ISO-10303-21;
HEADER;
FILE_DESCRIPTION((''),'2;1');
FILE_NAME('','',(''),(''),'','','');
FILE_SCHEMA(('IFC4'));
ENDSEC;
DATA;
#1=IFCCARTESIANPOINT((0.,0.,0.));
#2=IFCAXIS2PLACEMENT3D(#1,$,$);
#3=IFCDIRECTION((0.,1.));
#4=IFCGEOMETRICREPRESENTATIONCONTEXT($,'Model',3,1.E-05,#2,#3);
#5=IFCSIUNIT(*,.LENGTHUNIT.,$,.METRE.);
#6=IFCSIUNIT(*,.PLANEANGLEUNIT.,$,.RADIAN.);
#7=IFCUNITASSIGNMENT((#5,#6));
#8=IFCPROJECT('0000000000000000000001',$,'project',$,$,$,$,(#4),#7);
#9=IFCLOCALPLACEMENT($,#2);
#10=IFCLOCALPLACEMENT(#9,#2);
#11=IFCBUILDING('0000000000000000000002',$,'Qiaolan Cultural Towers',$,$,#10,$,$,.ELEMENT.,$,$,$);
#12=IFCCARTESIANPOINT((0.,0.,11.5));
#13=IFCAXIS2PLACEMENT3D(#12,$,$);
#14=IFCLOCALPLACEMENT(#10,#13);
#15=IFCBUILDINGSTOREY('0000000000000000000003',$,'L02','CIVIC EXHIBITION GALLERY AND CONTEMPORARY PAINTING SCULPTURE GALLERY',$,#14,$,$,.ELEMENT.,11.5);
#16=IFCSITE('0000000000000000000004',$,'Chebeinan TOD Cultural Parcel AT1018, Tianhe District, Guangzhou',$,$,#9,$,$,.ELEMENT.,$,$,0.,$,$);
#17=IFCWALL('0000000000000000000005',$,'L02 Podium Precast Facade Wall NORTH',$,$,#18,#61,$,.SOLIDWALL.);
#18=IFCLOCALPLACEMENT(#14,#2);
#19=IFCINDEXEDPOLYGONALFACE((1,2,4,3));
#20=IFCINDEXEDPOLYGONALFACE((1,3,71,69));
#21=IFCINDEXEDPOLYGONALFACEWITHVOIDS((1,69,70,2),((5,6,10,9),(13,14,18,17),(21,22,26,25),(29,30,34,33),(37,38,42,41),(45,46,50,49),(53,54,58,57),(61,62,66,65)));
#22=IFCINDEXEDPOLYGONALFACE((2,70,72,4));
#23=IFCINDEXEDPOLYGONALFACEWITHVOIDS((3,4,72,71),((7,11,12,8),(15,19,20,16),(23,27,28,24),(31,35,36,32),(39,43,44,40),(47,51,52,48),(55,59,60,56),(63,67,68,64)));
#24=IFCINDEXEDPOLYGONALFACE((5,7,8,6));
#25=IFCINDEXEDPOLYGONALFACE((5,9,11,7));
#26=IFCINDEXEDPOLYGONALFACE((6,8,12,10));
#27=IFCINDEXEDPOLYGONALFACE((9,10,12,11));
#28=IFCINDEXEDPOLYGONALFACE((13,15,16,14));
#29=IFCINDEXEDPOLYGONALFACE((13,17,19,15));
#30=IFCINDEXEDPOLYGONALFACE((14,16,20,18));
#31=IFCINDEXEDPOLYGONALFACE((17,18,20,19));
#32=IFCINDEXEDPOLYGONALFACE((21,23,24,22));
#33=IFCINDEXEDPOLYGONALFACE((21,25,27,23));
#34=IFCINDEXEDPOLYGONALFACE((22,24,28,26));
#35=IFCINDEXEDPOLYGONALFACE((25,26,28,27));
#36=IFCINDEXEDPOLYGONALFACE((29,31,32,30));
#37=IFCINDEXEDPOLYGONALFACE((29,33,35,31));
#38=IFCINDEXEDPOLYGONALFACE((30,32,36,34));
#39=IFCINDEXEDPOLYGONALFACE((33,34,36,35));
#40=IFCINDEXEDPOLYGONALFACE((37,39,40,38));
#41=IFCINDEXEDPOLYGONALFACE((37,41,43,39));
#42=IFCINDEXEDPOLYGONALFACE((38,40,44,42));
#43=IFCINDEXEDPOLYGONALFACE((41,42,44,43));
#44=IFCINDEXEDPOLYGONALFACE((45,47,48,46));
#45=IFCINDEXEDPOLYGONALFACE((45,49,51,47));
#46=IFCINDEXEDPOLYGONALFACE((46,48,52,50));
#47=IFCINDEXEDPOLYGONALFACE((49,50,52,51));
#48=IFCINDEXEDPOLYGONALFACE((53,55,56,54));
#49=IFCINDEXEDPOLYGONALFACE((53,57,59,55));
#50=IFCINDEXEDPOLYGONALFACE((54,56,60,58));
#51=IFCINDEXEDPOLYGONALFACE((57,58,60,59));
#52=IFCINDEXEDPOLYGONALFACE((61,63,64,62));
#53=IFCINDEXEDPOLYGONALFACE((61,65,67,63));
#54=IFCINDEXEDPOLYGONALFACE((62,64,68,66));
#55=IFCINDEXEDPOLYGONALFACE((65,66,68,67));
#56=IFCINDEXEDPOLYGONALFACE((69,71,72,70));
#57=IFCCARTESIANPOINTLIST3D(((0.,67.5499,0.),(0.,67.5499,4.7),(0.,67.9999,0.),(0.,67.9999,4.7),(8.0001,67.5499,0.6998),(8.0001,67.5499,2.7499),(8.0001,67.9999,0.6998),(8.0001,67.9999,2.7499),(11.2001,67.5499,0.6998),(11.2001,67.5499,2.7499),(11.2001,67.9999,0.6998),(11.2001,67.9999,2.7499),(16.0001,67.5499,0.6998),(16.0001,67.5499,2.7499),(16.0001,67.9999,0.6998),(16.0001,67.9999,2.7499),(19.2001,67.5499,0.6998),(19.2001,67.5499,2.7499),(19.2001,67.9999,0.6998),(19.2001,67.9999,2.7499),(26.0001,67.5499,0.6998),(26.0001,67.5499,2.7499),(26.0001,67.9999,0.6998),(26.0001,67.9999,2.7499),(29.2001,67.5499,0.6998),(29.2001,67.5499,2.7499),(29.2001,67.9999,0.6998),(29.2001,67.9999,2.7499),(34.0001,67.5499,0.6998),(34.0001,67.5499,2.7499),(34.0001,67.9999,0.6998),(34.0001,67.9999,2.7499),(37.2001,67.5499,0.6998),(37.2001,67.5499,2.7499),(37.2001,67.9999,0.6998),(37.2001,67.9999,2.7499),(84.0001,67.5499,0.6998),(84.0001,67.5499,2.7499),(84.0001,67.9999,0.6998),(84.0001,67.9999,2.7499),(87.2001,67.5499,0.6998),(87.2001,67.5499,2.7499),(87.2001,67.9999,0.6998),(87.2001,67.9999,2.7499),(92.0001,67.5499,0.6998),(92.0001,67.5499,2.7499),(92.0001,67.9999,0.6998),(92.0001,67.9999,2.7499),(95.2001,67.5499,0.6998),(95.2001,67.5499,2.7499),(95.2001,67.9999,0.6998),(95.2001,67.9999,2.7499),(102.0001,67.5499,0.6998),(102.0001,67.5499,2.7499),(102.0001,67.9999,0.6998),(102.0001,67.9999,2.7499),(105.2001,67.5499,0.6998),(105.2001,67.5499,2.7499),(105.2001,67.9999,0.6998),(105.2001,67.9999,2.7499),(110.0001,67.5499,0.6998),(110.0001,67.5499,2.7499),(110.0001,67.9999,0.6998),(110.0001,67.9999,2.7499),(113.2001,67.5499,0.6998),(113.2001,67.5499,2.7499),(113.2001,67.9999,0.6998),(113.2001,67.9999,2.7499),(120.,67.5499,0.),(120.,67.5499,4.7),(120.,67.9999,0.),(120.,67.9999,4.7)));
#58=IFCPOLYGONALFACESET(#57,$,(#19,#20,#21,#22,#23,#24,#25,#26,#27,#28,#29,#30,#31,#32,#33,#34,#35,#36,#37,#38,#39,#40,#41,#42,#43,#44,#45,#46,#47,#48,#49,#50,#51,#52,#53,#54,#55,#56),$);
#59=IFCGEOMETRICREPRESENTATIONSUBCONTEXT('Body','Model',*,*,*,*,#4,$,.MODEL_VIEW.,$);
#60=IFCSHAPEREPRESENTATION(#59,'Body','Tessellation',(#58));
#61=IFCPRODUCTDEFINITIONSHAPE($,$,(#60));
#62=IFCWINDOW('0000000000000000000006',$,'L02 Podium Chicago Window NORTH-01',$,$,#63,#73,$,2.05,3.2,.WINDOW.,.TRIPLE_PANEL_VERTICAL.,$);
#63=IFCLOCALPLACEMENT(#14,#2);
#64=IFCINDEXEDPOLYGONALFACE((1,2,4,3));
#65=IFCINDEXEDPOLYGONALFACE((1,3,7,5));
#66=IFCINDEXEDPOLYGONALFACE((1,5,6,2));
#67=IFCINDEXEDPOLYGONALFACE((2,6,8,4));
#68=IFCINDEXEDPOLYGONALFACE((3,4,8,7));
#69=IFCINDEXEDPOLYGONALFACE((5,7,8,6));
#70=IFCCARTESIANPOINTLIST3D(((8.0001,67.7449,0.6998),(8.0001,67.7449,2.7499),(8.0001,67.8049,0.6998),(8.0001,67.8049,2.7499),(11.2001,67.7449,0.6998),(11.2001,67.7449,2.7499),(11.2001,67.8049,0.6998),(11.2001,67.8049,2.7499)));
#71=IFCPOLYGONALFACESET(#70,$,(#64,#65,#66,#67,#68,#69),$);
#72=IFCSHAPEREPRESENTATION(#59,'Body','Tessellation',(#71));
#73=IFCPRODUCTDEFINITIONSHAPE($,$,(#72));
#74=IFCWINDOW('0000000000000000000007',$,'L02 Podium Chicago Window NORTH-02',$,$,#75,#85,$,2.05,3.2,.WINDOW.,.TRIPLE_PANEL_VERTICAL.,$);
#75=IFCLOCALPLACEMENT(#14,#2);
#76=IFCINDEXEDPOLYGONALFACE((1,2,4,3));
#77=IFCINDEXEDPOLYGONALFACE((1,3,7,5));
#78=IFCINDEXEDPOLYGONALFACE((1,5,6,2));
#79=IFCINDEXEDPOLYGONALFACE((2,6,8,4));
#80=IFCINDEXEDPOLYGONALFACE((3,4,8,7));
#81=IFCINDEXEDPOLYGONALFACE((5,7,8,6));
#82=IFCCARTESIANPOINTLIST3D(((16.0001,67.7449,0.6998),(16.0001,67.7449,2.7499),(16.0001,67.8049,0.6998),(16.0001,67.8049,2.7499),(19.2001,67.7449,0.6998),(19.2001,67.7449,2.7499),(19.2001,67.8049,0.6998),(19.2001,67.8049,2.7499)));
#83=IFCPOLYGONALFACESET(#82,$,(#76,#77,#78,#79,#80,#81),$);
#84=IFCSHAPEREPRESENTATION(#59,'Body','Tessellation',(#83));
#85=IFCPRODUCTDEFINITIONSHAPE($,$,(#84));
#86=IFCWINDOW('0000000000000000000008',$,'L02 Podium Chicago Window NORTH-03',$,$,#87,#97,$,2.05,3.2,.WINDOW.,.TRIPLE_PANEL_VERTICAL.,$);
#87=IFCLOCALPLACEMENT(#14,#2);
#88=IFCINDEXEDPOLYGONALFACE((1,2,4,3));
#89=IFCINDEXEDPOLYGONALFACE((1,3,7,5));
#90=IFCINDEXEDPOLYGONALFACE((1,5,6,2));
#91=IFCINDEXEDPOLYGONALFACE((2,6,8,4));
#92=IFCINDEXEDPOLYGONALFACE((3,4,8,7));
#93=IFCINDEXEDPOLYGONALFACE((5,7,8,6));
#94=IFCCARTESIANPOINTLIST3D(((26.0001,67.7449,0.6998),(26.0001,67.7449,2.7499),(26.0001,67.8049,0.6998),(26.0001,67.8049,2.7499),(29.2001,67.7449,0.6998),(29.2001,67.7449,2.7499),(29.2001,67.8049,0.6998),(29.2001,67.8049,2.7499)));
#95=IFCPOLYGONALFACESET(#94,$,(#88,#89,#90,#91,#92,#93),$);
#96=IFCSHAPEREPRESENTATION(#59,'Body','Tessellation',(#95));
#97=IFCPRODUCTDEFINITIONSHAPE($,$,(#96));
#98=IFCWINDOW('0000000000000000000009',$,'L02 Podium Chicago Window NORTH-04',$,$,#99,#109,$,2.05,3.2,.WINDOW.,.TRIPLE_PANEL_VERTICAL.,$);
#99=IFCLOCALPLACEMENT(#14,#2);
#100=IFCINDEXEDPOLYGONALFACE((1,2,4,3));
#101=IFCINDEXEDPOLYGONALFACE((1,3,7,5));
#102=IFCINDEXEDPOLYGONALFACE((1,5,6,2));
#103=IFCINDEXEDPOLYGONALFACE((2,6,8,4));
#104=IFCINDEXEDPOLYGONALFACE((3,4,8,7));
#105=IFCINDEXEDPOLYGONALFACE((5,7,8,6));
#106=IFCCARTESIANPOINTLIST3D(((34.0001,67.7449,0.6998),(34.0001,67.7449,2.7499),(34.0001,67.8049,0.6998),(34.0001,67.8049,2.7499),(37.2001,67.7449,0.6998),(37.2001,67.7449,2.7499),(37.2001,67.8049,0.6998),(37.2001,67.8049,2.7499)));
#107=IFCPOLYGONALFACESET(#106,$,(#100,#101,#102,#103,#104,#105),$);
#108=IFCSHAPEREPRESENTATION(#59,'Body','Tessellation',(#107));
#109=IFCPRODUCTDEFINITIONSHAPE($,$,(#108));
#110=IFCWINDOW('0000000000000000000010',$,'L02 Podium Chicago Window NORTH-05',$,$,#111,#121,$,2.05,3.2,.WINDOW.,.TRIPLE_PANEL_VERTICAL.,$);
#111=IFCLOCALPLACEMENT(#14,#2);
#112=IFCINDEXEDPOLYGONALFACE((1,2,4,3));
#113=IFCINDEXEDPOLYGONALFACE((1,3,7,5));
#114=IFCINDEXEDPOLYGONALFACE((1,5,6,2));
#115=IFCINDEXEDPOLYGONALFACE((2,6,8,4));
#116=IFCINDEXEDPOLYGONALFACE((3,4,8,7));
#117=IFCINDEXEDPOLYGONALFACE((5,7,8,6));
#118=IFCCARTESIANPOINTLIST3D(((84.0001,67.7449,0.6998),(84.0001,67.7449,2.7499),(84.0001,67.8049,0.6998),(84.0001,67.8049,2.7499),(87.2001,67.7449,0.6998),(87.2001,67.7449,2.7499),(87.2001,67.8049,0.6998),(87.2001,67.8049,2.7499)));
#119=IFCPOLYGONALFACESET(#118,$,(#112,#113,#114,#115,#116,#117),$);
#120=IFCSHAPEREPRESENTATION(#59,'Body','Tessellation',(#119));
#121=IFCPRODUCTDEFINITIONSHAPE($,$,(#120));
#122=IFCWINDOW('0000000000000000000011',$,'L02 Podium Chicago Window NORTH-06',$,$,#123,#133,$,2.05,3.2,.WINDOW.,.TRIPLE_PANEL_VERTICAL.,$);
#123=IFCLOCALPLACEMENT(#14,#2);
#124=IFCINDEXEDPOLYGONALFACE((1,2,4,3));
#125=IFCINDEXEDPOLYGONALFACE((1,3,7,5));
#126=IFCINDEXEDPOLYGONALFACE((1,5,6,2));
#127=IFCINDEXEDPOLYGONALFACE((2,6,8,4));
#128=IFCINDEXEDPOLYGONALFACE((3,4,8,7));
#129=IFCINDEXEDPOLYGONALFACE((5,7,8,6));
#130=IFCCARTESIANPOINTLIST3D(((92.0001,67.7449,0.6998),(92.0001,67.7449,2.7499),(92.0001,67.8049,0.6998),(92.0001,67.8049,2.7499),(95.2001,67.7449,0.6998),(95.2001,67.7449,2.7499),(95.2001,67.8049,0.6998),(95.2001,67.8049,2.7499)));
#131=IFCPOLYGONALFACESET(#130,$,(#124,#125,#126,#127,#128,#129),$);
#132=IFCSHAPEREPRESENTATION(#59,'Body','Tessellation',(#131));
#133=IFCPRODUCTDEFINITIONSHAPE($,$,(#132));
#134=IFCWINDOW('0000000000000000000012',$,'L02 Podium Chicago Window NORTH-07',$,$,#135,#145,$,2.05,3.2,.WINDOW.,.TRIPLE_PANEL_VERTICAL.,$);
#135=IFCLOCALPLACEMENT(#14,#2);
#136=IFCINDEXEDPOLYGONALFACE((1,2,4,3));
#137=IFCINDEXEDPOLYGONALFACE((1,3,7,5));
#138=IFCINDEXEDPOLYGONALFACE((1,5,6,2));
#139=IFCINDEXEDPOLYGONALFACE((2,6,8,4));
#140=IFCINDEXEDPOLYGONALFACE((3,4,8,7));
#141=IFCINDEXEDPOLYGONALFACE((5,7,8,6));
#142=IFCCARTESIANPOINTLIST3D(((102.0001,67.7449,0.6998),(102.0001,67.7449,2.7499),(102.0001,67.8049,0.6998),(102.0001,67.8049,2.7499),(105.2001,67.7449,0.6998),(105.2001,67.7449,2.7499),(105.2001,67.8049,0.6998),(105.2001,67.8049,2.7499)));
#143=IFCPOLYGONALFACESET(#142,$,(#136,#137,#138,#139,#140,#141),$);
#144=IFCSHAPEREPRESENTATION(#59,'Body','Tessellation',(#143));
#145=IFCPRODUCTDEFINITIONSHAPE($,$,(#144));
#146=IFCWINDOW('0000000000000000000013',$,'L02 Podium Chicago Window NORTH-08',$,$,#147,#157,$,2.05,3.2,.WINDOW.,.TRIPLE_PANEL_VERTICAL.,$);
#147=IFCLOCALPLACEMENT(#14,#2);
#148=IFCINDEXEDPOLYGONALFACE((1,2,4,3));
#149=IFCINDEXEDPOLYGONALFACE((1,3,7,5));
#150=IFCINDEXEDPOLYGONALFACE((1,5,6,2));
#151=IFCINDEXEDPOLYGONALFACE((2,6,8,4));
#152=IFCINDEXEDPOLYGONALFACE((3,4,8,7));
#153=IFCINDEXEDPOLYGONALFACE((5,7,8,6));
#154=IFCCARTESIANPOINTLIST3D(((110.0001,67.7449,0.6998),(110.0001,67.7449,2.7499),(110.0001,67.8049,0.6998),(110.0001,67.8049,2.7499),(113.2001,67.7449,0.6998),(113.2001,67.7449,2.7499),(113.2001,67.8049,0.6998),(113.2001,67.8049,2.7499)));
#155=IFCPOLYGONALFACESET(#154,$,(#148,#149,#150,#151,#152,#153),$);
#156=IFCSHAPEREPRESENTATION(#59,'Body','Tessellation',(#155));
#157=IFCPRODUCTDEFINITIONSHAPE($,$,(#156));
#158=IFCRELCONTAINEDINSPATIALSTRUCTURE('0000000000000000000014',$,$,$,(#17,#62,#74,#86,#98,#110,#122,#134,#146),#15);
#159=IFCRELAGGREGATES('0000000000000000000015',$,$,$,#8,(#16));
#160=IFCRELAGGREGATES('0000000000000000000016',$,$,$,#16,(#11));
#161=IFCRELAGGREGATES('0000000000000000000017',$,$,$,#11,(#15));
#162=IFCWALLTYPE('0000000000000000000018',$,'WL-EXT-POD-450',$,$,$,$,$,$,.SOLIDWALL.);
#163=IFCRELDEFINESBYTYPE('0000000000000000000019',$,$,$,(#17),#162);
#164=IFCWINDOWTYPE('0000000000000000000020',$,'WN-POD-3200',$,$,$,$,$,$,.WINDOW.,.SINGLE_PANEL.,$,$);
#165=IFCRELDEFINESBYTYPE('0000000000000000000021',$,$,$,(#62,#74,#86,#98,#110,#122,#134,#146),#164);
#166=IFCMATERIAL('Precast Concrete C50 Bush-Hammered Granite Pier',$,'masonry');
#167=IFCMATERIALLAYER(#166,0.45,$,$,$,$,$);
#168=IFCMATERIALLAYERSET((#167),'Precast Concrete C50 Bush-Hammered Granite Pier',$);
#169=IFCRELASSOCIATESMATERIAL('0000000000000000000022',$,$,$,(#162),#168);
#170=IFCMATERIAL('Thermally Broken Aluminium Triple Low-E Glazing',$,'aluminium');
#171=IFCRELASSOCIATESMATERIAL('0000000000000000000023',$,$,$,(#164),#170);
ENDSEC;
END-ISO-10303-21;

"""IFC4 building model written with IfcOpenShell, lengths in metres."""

from ifc_helpers import new_model, si_unit, direction, frame, frame_2d, origin, place, context, subcontext, project, spatial, rectangle, extrude, material, layer, layer_set, type_object, element, fill, save


model = new_model("IFC4")

# Units and contexts
model_context = context("Model", 3, precision=1e-05, world=origin(), true_north=direction((0.0, 1.0)))
body_context = subcontext(model_context, "Body", "Model", "MODEL_VIEW")
ifc_project = project(units=[si_unit("LENGTHUNIT", "METRE"), si_unit("PLANEANGLEUNIT", "RADIAN")], contexts=[model_context])

# Site, building, storey
site_placement = place(None, origin())
site = spatial("IfcSite", under=ifc_project, at=site_placement, Name="Chebeinan TOD Cultural Parcel AT1018, Tianhe District, Guangzhou", CompositionType="ELEMENT", RefElevation=0.0)
building_placement = place(site_placement, origin())
building = spatial("IfcBuilding", under=site, at=building_placement, Name="Qiaolan Cultural Towers", CompositionType="ELEMENT")
storey_placement = place(building_placement, frame((0.0, 0.0, 11.5)))
storey = spatial("IfcBuildingStorey", under=building, at=storey_placement, Name="L02", Description="CIVIC EXHIBITION GALLERY AND CONTEMPORARY PAINTING SCULPTURE GALLERY", CompositionType="ELEMENT", Elevation=11.5)

# Wall, openings, windows
ifc_material_1 = material(Name="Precast Concrete C50 Bush-Hammered Granite Pier", Category="masonry")
ifc_layer_1 = layer(ifc_material_1, 0.45)
ifc_layer_set_1 = layer_set([ifc_layer_1], Name="Precast Concrete C50 Bush-Hammered Granite Pier")
wall_type_1 = type_object("IfcWallType", Name="WL-EXT-POD-450", PredefinedType="SOLIDWALL", material=ifc_layer_set_1)
wall_1_placement = place(storey_placement, frame((0.0, 67.7749, 0.0), z_axis=(0.0, 0.0, 1.0), x_axis=(1.0, 0.0, 0.0)))
wall_1 = element("IfcWall", 1, at=wall_1_placement, inside=storey, type_object=wall_type_1, Name="L02 Podium Precast Facade Wall NORTH", PredefinedType="SOLIDWALL", context=body_context, shape_type="SweptSolid", body=[
    extrude(rectangle(XDim=120.0, YDim=0.45, at=frame_2d((60.0, 0.0))), origin(), (0.0, 0.0, 1.0), 4.7),
])
opening_1_placement = place(wall_1_placement, frame((8.0, 0.0, 0.7)))
opening_1 = element("IfcOpeningElement", 2, at=opening_1_placement, cuts=wall_1, PredefinedType="OPENING", context=body_context, shape_type="SweptSolid", body=[
    extrude(rectangle(XDim=3.2, YDim=2.05, at=frame_2d((1.6001, 1.0249))), frame((0.0, 0.2349, 0.0), z_axis=(0.0, -1.0, 0.0), x_axis=(1.0, 0.0, 0.0)), (0.0, 0.0, 1.0), 0.47),
])
opening_2_placement = place(wall_1_placement, frame((16.0, 0.0, 0.7)))
opening_2 = element("IfcOpeningElement", 3, at=opening_2_placement, cuts=wall_1, PredefinedType="OPENING", context=body_context, shape_type="SweptSolid", body=[
    extrude(rectangle(XDim=3.2, YDim=2.05, at=frame_2d((1.6001, 1.0249))), frame((0.0, 0.2349, 0.0), z_axis=(0.0, -1.0, 0.0), x_axis=(1.0, 0.0, 0.0)), (0.0, 0.0, 1.0), 0.47),
])
opening_3_placement = place(wall_1_placement, frame((26.0, 0.0, 0.7)))
opening_3 = element("IfcOpeningElement", 4, at=opening_3_placement, cuts=wall_1, PredefinedType="OPENING", context=body_context, shape_type="SweptSolid", body=[
    extrude(rectangle(XDim=3.2, YDim=2.05, at=frame_2d((1.6001, 1.0249))), frame((0.0, 0.2349, 0.0), z_axis=(0.0, -1.0, 0.0), x_axis=(1.0, 0.0, 0.0)), (0.0, 0.0, 1.0), 0.47),
])
opening_4_placement = place(wall_1_placement, frame((34.0, 0.0, 0.7)))
opening_4 = element("IfcOpeningElement", 5, at=opening_4_placement, cuts=wall_1, PredefinedType="OPENING", context=body_context, shape_type="SweptSolid", body=[
    extrude(rectangle(XDim=3.2, YDim=2.05, at=frame_2d((1.6001, 1.0249))), frame((0.0, 0.2349, 0.0), z_axis=(0.0, -1.0, 0.0), x_axis=(1.0, 0.0, 0.0)), (0.0, 0.0, 1.0), 0.47),
])
opening_5_placement = place(wall_1_placement, frame((84.0, 0.0, 0.7)))
opening_5 = element("IfcOpeningElement", 6, at=opening_5_placement, cuts=wall_1, PredefinedType="OPENING", context=body_context, shape_type="SweptSolid", body=[
    extrude(rectangle(XDim=3.2, YDim=2.05, at=frame_2d((1.6001, 1.0249))), frame((0.0, 0.2349, 0.0), z_axis=(0.0, -1.0, 0.0), x_axis=(1.0, 0.0, 0.0)), (0.0, 0.0, 1.0), 0.47),
])
opening_6_placement = place(wall_1_placement, frame((92.0, 0.0, 0.7)))
opening_6 = element("IfcOpeningElement", 7, at=opening_6_placement, cuts=wall_1, PredefinedType="OPENING", context=body_context, shape_type="SweptSolid", body=[
    extrude(rectangle(XDim=3.2, YDim=2.05, at=frame_2d((1.6001, 1.0249))), frame((0.0, 0.2349, 0.0), z_axis=(0.0, -1.0, 0.0), x_axis=(1.0, 0.0, 0.0)), (0.0, 0.0, 1.0), 0.47),
])
opening_7_placement = place(wall_1_placement, frame((102.0, 0.0, 0.7)))
opening_7 = element("IfcOpeningElement", 8, at=opening_7_placement, cuts=wall_1, PredefinedType="OPENING", context=body_context, shape_type="SweptSolid", body=[
    extrude(rectangle(XDim=3.2, YDim=2.05, at=frame_2d((1.6001, 1.0249))), frame((0.0, 0.2349, 0.0), z_axis=(0.0, -1.0, 0.0), x_axis=(1.0, 0.0, 0.0)), (0.0, 0.0, 1.0), 0.47),
])
opening_8_placement = place(wall_1_placement, frame((110.0, 0.0, 0.7)))
opening_8 = element("IfcOpeningElement", 9, at=opening_8_placement, cuts=wall_1, PredefinedType="OPENING", context=body_context, shape_type="SweptSolid", body=[
    extrude(rectangle(XDim=3.2, YDim=2.05, at=frame_2d((1.6001, 1.0249))), frame((0.0, 0.2349, 0.0), z_axis=(0.0, -1.0, 0.0), x_axis=(1.0, 0.0, 0.0)), (0.0, 0.0, 1.0), 0.47),
])
ifc_material_2 = material(Name="Thermally Broken Aluminium Triple Low-E Glazing", Category="aluminium")
window_type = type_object("IfcWindowType", Name="WN-POD-3200", PartitioningType="SINGLE_PANEL", PredefinedType="WINDOW", material=ifc_material_2)
window_1_placement = place(opening_1_placement, origin())
window_1 = element("IfcWindow", 10, at=window_1_placement, inside=storey, type_object=window_type, Name="L02 Podium Chicago Window NORTH-01", OverallHeight=2.05, OverallWidth=3.2, PartitioningType="TRIPLE_PANEL_VERTICAL", PredefinedType="WINDOW", context=body_context, shape_type="SweptSolid", body=[
    extrude(rectangle(XDim=3.2, YDim=2.05, at=frame_2d((1.6001, 1.0249))), frame((0.0, 0.03, 0.0), z_axis=(0.0, -1.0, 0.0), x_axis=(1.0, 0.0, 0.0)), (0.0, 0.0, 1.0), 0.0601),
])
fill(opening_1, window_1)
window_2_placement = place(opening_2_placement, origin())
window_2 = element("IfcWindow", 11, at=window_2_placement, inside=storey, type_object=window_type, Name="L02 Podium Chicago Window NORTH-02", OverallHeight=2.05, OverallWidth=3.2, PartitioningType="TRIPLE_PANEL_VERTICAL", PredefinedType="WINDOW", context=body_context, shape_type="SweptSolid", body=[
    extrude(rectangle(XDim=3.2, YDim=2.05, at=frame_2d((1.6001, 1.0249))), frame((0.0, 0.03, 0.0), z_axis=(0.0, -1.0, 0.0), x_axis=(1.0, 0.0, 0.0)), (0.0, 0.0, 1.0), 0.0601),
])
fill(opening_2, window_2)
window_3_placement = place(opening_3_placement, origin())
window_3 = element("IfcWindow", 12, at=window_3_placement, inside=storey, type_object=window_type, Name="L02 Podium Chicago Window NORTH-03", OverallHeight=2.05, OverallWidth=3.2, PartitioningType="TRIPLE_PANEL_VERTICAL", PredefinedType="WINDOW", context=body_context, shape_type="SweptSolid", body=[
    extrude(rectangle(XDim=3.2, YDim=2.05, at=frame_2d((1.6001, 1.0249))), frame((0.0, 0.03, 0.0), z_axis=(0.0, -1.0, 0.0), x_axis=(1.0, 0.0, 0.0)), (0.0, 0.0, 1.0), 0.0601),
])
fill(opening_3, window_3)
window_4_placement = place(opening_4_placement, origin())
window_4 = element("IfcWindow", 13, at=window_4_placement, inside=storey, type_object=window_type, Name="L02 Podium Chicago Window NORTH-04", OverallHeight=2.05, OverallWidth=3.2, PartitioningType="TRIPLE_PANEL_VERTICAL", PredefinedType="WINDOW", context=body_context, shape_type="SweptSolid", body=[
    extrude(rectangle(XDim=3.2, YDim=2.05, at=frame_2d((1.6001, 1.0249))), frame((0.0, 0.03, 0.0), z_axis=(0.0, -1.0, 0.0), x_axis=(1.0, 0.0, 0.0)), (0.0, 0.0, 1.0), 0.0601),
])
fill(opening_4, window_4)
window_5_placement = place(opening_5_placement, origin())
window_5 = element("IfcWindow", 14, at=window_5_placement, inside=storey, type_object=window_type, Name="L02 Podium Chicago Window NORTH-05", OverallHeight=2.05, OverallWidth=3.2, PartitioningType="TRIPLE_PANEL_VERTICAL", PredefinedType="WINDOW", context=body_context, shape_type="SweptSolid", body=[
    extrude(rectangle(XDim=3.2, YDim=2.05, at=frame_2d((1.6001, 1.0249))), frame((0.0, 0.03, 0.0), z_axis=(0.0, -1.0, 0.0), x_axis=(1.0, 0.0, 0.0)), (0.0, 0.0, 1.0), 0.0601),
])
fill(opening_5, window_5)
window_6_placement = place(opening_6_placement, origin())
window_6 = element("IfcWindow", 15, at=window_6_placement, inside=storey, type_object=window_type, Name="L02 Podium Chicago Window NORTH-06", OverallHeight=2.05, OverallWidth=3.2, PartitioningType="TRIPLE_PANEL_VERTICAL", PredefinedType="WINDOW", context=body_context, shape_type="SweptSolid", body=[
    extrude(rectangle(XDim=3.2, YDim=2.05, at=frame_2d((1.6001, 1.0249))), frame((0.0, 0.03, 0.0), z_axis=(0.0, -1.0, 0.0), x_axis=(1.0, 0.0, 0.0)), (0.0, 0.0, 1.0), 0.0601),
])
fill(opening_6, window_6)
window_7_placement = place(opening_7_placement, origin())
window_7 = element("IfcWindow", 16, at=window_7_placement, inside=storey, type_object=window_type, Name="L02 Podium Chicago Window NORTH-07", OverallHeight=2.05, OverallWidth=3.2, PartitioningType="TRIPLE_PANEL_VERTICAL", PredefinedType="WINDOW", context=body_context, shape_type="SweptSolid", body=[
    extrude(rectangle(XDim=3.2, YDim=2.05, at=frame_2d((1.6001, 1.0249))), frame((0.0, 0.03, 0.0), z_axis=(0.0, -1.0, 0.0), x_axis=(1.0, 0.0, 0.0)), (0.0, 0.0, 1.0), 0.0601),
])
fill(opening_7, window_7)
window_8_placement = place(opening_8_placement, origin())
window_8 = element("IfcWindow", 17, at=window_8_placement, inside=storey, type_object=window_type, Name="L02 Podium Chicago Window NORTH-08", OverallHeight=2.05, OverallWidth=3.2, PartitioningType="TRIPLE_PANEL_VERTICAL", PredefinedType="WINDOW", context=body_context, shape_type="SweptSolid", body=[
    extrude(rectangle(XDim=3.2, YDim=2.05, at=frame_2d((1.6001, 1.0249))), frame((0.0, 0.03, 0.0), z_axis=(0.0, -1.0, 0.0), x_axis=(1.0, 0.0, 0.0)), (0.0, 0.0, 1.0), 0.0601),
])
fill(opening_8, window_8)

save(model, "model.ifc")
